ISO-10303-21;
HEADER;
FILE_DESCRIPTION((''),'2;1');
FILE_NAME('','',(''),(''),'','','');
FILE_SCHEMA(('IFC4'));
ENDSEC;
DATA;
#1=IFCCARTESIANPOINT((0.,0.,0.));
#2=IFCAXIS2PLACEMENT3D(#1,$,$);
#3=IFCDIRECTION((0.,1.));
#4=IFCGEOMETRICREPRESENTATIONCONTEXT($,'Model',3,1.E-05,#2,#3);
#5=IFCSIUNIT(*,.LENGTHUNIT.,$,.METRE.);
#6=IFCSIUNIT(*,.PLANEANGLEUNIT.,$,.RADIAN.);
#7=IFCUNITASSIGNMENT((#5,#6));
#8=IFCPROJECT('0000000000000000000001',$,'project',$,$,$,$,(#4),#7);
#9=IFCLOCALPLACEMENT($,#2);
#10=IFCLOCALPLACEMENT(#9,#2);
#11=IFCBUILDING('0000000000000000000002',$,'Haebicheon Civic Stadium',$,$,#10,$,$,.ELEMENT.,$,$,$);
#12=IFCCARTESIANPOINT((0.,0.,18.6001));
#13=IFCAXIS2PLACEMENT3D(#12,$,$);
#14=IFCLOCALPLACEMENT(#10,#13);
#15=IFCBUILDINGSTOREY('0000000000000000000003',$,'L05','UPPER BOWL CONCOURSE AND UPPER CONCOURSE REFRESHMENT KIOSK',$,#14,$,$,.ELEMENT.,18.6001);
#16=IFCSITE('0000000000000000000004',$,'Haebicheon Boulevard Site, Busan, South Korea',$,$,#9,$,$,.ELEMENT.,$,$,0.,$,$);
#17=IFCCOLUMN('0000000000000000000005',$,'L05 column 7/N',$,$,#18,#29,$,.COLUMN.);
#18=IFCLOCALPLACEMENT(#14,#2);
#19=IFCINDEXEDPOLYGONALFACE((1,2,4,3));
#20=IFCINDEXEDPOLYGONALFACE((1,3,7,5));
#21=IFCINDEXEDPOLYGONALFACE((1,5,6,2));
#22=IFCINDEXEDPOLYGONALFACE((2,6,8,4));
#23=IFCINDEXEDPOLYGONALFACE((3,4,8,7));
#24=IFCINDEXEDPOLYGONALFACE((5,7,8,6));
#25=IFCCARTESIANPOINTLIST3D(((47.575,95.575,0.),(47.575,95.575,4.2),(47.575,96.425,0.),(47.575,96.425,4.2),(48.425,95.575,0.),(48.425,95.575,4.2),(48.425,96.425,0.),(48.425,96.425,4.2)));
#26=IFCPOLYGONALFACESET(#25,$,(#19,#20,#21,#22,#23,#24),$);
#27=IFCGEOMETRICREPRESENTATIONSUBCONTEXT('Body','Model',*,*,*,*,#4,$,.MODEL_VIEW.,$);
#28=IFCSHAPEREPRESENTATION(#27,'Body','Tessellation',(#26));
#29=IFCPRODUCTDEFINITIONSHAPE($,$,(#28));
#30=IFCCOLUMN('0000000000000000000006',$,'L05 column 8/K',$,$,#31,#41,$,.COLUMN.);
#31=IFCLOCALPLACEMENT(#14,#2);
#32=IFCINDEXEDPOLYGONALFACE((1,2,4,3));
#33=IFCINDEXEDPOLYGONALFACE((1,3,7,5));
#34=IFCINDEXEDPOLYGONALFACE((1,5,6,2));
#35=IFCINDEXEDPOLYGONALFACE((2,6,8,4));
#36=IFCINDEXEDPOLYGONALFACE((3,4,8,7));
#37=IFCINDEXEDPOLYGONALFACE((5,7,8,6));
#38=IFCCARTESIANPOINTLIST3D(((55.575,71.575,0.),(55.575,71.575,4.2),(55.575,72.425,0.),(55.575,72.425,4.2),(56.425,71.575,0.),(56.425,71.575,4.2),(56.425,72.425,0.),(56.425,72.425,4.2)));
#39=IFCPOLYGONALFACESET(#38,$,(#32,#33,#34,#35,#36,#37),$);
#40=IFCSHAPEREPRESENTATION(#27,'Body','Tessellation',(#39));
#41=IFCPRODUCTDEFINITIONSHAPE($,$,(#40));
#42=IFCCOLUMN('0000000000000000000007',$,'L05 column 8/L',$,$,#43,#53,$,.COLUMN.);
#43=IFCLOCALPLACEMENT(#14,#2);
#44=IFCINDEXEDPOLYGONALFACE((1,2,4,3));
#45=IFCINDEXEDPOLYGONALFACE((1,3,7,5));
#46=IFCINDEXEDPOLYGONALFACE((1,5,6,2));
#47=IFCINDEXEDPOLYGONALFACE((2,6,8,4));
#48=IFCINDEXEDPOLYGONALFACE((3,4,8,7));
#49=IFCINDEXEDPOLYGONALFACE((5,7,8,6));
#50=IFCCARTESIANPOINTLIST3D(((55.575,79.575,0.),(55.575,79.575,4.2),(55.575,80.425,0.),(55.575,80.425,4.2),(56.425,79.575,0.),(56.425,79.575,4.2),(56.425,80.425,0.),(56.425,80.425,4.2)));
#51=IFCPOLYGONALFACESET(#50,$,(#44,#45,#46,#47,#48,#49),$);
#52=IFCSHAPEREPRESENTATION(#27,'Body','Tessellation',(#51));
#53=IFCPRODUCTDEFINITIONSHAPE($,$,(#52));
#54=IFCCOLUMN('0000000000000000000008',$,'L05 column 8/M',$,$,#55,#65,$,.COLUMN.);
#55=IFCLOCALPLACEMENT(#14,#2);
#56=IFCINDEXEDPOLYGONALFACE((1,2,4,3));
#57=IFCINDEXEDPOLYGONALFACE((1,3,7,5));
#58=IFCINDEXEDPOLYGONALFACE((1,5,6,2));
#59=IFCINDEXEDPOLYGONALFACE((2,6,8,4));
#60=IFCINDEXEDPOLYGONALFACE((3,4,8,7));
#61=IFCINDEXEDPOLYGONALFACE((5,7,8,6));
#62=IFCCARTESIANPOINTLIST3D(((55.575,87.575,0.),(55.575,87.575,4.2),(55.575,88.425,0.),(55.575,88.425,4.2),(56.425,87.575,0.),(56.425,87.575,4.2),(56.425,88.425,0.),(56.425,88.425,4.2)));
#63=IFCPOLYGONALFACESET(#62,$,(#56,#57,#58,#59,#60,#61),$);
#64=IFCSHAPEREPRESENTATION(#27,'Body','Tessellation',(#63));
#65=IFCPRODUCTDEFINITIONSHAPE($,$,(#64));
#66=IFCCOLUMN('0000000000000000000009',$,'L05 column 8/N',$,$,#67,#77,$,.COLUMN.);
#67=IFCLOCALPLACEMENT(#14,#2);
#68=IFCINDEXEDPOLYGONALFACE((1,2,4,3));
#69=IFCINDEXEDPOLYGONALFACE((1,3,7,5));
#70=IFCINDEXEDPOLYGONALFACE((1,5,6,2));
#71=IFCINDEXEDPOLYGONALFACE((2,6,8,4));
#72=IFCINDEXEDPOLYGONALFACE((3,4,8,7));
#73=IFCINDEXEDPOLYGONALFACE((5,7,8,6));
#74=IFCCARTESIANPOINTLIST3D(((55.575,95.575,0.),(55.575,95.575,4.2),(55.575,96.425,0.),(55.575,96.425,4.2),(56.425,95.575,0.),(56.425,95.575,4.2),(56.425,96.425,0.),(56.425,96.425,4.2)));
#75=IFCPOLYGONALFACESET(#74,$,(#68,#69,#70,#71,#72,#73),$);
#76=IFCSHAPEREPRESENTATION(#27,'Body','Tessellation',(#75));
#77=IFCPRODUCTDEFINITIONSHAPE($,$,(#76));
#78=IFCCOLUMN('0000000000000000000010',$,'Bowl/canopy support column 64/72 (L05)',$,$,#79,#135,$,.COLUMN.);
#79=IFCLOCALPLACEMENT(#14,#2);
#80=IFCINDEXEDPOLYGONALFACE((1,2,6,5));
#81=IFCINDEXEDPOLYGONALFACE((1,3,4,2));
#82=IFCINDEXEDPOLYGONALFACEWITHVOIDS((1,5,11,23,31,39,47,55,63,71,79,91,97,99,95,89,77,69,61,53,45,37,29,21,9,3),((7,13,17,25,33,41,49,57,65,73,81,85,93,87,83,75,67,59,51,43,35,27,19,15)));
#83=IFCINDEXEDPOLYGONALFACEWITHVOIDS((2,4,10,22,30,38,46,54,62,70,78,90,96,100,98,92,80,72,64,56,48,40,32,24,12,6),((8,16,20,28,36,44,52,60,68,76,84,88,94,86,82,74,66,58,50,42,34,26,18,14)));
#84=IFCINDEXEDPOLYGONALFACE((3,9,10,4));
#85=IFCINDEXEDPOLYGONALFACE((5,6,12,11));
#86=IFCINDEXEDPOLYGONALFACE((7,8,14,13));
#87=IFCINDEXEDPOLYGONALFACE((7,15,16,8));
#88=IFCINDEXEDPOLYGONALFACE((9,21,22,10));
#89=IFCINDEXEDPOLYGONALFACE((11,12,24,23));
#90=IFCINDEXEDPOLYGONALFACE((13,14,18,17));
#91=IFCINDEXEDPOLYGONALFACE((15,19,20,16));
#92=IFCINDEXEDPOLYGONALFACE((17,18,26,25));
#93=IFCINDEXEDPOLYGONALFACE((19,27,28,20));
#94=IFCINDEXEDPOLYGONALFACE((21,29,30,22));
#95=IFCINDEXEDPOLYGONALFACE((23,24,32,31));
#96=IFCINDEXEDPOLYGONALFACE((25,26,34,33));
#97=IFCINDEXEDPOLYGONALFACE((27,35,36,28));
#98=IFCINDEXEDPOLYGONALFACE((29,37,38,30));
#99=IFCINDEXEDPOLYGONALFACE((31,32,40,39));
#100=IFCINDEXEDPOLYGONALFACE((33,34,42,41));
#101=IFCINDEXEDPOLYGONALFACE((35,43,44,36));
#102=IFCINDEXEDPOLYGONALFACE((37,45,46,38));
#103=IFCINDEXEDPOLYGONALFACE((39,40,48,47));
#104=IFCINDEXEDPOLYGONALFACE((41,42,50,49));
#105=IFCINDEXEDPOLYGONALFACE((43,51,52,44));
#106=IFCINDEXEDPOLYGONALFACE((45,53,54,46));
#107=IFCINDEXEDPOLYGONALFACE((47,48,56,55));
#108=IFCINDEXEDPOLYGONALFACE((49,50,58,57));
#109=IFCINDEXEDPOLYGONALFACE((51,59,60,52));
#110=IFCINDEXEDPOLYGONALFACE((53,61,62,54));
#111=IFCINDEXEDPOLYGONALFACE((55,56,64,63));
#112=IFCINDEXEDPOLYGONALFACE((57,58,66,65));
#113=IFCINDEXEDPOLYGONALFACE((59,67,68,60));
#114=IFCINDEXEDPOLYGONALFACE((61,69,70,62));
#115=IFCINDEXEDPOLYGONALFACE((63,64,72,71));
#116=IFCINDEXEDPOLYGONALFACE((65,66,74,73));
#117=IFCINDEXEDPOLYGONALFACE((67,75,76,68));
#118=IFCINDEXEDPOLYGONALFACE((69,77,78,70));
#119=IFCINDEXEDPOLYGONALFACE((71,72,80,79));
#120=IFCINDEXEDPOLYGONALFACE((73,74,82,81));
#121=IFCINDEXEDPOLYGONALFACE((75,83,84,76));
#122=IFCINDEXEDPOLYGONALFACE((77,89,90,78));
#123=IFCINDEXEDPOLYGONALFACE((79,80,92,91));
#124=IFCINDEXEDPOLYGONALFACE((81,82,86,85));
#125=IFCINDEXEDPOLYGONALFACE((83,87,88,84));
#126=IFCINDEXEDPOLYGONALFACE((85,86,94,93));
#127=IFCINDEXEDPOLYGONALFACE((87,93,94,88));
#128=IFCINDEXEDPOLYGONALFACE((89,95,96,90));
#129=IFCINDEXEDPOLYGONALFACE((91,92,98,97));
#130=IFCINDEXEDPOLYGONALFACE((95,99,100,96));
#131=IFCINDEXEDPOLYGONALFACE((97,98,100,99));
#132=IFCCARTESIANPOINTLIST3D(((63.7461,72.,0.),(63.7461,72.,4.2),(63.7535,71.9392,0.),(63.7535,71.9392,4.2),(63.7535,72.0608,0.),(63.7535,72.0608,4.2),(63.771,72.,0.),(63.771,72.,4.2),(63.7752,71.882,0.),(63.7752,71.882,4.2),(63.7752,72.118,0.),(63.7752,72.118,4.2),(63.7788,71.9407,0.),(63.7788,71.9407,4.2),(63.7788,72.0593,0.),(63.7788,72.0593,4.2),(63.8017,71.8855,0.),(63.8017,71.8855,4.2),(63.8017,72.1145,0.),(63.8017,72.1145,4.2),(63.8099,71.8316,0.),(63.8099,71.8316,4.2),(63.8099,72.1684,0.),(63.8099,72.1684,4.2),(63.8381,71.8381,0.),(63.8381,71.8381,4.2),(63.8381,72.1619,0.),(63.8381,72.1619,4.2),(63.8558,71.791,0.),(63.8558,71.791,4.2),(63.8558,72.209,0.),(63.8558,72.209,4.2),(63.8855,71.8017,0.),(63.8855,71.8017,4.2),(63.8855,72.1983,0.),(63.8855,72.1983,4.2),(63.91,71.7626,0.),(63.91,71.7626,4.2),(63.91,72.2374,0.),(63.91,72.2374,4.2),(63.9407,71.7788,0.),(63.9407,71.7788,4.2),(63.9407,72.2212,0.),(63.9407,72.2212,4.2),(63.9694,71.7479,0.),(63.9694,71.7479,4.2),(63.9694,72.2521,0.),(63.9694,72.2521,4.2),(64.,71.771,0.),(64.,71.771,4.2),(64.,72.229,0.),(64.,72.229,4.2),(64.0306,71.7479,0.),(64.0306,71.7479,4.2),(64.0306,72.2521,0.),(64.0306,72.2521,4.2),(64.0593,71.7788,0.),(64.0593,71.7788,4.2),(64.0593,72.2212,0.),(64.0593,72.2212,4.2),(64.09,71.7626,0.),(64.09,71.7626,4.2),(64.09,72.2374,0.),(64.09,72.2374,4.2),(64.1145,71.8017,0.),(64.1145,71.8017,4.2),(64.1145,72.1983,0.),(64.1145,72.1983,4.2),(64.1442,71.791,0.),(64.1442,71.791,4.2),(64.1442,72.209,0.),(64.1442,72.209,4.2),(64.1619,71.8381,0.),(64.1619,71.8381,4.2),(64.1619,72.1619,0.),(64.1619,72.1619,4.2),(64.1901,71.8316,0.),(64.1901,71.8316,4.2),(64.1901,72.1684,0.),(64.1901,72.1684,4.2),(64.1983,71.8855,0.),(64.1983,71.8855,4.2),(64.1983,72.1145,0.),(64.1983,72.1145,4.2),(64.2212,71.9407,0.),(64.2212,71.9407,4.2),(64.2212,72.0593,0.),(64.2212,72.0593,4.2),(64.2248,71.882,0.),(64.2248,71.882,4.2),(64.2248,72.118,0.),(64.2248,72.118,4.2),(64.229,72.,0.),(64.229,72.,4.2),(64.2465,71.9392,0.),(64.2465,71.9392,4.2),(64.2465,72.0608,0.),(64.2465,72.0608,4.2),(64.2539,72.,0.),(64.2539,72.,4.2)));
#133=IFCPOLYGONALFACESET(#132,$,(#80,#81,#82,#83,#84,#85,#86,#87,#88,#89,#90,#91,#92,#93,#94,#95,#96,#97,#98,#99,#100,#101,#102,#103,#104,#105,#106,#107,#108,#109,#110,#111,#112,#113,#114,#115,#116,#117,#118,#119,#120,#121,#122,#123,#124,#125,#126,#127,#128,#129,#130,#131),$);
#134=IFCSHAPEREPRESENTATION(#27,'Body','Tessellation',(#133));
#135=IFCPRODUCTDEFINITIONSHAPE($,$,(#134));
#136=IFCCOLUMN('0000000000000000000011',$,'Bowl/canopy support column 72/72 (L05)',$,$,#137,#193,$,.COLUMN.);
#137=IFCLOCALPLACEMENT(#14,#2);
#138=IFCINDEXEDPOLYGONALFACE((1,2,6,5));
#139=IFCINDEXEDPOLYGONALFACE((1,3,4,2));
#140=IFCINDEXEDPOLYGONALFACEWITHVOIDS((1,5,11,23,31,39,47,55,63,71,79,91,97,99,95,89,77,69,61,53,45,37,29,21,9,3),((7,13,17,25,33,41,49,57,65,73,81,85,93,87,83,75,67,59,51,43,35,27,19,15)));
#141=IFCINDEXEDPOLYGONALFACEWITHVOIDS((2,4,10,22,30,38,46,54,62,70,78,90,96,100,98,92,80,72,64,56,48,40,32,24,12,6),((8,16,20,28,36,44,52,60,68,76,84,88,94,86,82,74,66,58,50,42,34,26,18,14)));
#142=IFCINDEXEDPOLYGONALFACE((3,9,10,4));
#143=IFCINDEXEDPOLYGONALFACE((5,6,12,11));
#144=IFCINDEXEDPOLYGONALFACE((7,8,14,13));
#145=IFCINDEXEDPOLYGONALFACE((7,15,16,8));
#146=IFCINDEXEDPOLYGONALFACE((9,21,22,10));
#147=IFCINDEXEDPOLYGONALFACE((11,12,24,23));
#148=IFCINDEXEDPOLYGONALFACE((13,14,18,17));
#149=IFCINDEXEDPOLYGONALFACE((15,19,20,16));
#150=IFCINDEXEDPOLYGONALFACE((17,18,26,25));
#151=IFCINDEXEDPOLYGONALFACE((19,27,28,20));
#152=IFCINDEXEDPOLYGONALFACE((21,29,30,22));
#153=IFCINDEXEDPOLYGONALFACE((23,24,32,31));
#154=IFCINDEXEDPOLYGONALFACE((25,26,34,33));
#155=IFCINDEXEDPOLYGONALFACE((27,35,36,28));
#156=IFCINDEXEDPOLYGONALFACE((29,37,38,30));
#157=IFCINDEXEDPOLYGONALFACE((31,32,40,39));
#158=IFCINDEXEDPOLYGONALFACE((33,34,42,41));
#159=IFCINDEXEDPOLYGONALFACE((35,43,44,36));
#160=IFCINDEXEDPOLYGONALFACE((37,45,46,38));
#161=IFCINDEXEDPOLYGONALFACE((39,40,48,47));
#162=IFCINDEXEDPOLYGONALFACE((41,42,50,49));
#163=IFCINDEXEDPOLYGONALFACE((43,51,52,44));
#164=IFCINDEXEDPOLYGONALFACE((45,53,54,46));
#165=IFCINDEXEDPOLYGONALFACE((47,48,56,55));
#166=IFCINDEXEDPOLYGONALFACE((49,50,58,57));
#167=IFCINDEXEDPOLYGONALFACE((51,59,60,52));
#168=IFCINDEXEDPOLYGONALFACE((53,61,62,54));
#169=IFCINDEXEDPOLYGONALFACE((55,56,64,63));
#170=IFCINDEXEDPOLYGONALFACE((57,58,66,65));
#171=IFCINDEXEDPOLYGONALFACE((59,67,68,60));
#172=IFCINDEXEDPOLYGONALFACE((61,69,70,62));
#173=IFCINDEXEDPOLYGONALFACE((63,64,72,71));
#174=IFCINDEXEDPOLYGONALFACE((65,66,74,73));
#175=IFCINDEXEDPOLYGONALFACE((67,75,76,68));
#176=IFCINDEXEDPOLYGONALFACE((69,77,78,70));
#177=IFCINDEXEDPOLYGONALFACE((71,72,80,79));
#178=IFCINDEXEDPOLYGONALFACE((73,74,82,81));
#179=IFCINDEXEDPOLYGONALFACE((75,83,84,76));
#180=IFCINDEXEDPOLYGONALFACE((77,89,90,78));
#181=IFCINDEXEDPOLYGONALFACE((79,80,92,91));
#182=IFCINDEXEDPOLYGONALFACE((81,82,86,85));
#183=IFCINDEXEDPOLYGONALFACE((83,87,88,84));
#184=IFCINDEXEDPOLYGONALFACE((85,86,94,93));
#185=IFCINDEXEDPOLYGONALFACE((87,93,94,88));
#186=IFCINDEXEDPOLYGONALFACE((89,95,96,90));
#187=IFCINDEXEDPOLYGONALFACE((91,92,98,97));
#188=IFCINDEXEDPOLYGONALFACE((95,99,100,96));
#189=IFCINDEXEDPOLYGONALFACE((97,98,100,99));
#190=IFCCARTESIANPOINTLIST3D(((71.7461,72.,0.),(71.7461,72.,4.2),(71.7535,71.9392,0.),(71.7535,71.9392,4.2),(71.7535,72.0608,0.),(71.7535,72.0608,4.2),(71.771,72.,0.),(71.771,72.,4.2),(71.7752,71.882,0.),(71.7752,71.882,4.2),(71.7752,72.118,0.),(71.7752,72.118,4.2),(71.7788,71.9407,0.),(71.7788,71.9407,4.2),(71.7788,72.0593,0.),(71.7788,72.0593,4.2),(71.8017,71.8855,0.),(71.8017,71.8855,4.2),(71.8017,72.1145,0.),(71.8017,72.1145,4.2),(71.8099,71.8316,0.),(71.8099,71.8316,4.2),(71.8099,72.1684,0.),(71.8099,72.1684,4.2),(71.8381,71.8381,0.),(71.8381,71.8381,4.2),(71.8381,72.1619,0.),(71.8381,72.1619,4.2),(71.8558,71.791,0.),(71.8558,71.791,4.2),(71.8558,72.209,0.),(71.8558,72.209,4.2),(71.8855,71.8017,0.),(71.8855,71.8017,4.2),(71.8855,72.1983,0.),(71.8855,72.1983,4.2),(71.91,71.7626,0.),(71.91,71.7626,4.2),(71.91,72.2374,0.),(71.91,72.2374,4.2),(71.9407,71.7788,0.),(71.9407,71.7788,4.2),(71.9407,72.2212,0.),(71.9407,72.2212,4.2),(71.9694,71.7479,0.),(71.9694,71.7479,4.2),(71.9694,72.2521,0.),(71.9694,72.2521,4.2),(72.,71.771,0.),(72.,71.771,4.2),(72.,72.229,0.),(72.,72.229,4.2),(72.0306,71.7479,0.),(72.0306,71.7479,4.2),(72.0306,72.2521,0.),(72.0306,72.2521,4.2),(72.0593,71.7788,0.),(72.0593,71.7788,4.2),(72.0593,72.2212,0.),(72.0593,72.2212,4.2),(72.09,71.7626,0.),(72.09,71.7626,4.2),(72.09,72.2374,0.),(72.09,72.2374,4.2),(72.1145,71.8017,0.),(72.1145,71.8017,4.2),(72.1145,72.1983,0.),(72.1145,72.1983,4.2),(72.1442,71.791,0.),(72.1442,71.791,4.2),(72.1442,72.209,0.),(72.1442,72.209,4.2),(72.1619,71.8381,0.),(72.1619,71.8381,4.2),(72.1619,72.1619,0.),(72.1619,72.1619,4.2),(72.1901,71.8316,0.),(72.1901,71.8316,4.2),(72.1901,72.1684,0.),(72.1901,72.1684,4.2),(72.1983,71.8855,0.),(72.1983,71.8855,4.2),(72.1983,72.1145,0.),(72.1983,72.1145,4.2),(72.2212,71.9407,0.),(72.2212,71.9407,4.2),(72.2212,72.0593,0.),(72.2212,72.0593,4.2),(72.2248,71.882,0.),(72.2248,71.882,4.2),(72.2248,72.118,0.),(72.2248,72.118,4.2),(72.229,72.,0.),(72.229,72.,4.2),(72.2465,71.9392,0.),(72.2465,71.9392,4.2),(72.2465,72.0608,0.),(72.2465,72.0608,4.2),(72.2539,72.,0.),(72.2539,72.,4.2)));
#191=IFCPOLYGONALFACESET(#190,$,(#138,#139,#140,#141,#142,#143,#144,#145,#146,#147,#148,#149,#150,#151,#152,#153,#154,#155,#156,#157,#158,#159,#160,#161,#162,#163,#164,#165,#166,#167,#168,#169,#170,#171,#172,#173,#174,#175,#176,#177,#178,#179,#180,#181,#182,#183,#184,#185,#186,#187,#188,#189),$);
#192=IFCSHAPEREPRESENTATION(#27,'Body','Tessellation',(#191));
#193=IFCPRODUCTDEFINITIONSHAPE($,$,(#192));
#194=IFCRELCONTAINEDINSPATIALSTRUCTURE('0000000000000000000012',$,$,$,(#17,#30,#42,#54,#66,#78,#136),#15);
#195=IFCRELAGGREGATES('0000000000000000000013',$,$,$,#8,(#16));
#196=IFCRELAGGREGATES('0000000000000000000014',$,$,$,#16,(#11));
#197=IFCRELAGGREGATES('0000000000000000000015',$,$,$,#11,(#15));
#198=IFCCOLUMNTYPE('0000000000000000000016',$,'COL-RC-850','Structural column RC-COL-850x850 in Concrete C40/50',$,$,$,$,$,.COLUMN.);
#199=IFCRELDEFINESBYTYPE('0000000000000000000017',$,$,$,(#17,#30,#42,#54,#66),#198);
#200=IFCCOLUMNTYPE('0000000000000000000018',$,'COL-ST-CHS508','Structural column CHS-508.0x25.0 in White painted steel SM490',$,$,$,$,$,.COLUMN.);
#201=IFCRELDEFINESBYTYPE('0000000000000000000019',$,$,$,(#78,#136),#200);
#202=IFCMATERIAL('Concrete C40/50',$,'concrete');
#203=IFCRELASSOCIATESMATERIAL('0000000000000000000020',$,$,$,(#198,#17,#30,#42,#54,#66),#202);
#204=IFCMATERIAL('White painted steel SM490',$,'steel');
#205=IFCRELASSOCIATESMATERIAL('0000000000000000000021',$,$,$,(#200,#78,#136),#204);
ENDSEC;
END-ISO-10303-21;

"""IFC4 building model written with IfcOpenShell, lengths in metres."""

from ifc_helpers import new_model, si_unit, direction, frame, origin, origin_2d, place, context, subcontext, project, spatial, rectangle, hollow_circle, extrude, material, material_profile, profile_set, type_object, element, save


model = new_model("IFC4")

# Units and contexts
model_context = context("Model", 3, precision=1e-05, world=origin(), true_north=direction((0.0, 1.0)))
body_context = subcontext(model_context, "Body", "Model", "MODEL_VIEW")
ifc_project = project(units=[si_unit("LENGTHUNIT", "METRE"), si_unit("PLANEANGLEUNIT", "RADIAN")], contexts=[model_context])

# Site, building, storey
site_placement = place(None, origin())
site = spatial("IfcSite", under=ifc_project, at=site_placement, Name="Haebicheon Boulevard Site, Busan, South Korea", CompositionType="ELEMENT", RefElevation=0.0)
building_placement = place(site_placement, origin())
building = spatial("IfcBuilding", under=site, at=building_placement, Name="Haebicheon Civic Stadium", CompositionType="ELEMENT")
storey_placement = place(building_placement, frame((0.0, 0.0, 18.6001)))
storey = spatial("IfcBuildingStorey", under=building, at=storey_placement, Name="L05", Description="UPPER BOWL CONCOURSE AND UPPER CONCOURSE REFRESHMENT KIOSK", CompositionType="ELEMENT", Elevation=18.6001)

# Columns
ifc_material_1 = material(Name="Concrete C40/50", Category="concrete")
ifc_material_profile_1 = material_profile(ifc_material_1, rectangle(XDim=0.8501, YDim=0.8501, at=origin_2d()), Name="RC-COL-850x850")
ifc_profile_set_1 = profile_set([ifc_material_profile_1], Name="Concrete C40/50")
column_type_1 = type_object("IfcColumnType", Name="COL-RC-850", Description="Structural column RC-COL-850x850 in Concrete C40/50", PredefinedType="COLUMN", material=ifc_profile_set_1)
for number, where, z_axis, x_axis, name in (
    (1, (48.0, 96.0, 0.0), (0.0, 0.0, 1.0), (1.0, 0.0, 0.0), "L05 column 7/N"),
    (2, (56.0, 72.0, 0.0), (0.0, 0.0, 1.0), (1.0, 0.0, 0.0), "L05 column 8/K"),
    (3, (56.0, 80.0, 0.0), (0.0, 0.0, 1.0), (1.0, 0.0, 0.0), "L05 column 8/L"),
    (4, (56.0, 88.0, 0.0), (0.0, 0.0, 1.0), (1.0, 0.0, 0.0), "L05 column 8/M"),
    (5, (56.0, 96.0, 0.0), (0.0, 0.0, 1.0), (1.0, 0.0, 0.0), "L05 column 8/N"),
):
    element("IfcColumn", number, at=place(storey_placement, frame(where, z_axis=z_axis, x_axis=x_axis)), inside=storey, type_object=column_type_1, material=ifc_profile_set_1, Name=name, PredefinedType="COLUMN", context=body_context, shape_type="SweptSolid", body=[
        extrude(rectangle(XDim=0.8501, YDim=0.8501, at=origin_2d()), origin(), (0.0, 0.0, 1.0), 4.2),
    ])
ifc_material_2 = material(Name="White painted steel SM490", Category="steel")
ifc_material_profile_2 = material_profile(ifc_material_2, hollow_circle(Radius=0.2539, WallThickness=0.0249, at=origin_2d()), Name="CHS-508.0x25.0")
ifc_profile_set_2 = profile_set([ifc_material_profile_2], Name="White painted steel SM490")
column_type_2 = type_object("IfcColumnType", Name="COL-ST-CHS508", Description="Structural column CHS-508.0x25.0 in White painted steel SM490", PredefinedType="COLUMN", material=ifc_profile_set_2)
for number, where, z_axis, x_axis, name in (
    (6, (64.0, 72.0, 0.0), (0.0, 0.0, 1.0), (1.0, 0.0, 0.0), "Bowl/canopy support column 64/72 (L05)"),
    (7, (72.0, 72.0, 0.0), (0.0, 0.0, 1.0), (1.0, 0.0, 0.0), "Bowl/canopy support column 72/72 (L05)"),
):
    element("IfcColumn", number, at=place(storey_placement, frame(where, z_axis=z_axis, x_axis=x_axis)), inside=storey, type_object=column_type_2, material=ifc_profile_set_2, Name=name, PredefinedType="COLUMN", context=body_context, shape_type="SweptSolid", body=[
        extrude(hollow_circle(Radius=0.2539, WallThickness=0.0249, at=origin_2d()), origin(), (0.0, 0.0, 1.0), 4.2),
    ])

save(model, "model.ifc")
